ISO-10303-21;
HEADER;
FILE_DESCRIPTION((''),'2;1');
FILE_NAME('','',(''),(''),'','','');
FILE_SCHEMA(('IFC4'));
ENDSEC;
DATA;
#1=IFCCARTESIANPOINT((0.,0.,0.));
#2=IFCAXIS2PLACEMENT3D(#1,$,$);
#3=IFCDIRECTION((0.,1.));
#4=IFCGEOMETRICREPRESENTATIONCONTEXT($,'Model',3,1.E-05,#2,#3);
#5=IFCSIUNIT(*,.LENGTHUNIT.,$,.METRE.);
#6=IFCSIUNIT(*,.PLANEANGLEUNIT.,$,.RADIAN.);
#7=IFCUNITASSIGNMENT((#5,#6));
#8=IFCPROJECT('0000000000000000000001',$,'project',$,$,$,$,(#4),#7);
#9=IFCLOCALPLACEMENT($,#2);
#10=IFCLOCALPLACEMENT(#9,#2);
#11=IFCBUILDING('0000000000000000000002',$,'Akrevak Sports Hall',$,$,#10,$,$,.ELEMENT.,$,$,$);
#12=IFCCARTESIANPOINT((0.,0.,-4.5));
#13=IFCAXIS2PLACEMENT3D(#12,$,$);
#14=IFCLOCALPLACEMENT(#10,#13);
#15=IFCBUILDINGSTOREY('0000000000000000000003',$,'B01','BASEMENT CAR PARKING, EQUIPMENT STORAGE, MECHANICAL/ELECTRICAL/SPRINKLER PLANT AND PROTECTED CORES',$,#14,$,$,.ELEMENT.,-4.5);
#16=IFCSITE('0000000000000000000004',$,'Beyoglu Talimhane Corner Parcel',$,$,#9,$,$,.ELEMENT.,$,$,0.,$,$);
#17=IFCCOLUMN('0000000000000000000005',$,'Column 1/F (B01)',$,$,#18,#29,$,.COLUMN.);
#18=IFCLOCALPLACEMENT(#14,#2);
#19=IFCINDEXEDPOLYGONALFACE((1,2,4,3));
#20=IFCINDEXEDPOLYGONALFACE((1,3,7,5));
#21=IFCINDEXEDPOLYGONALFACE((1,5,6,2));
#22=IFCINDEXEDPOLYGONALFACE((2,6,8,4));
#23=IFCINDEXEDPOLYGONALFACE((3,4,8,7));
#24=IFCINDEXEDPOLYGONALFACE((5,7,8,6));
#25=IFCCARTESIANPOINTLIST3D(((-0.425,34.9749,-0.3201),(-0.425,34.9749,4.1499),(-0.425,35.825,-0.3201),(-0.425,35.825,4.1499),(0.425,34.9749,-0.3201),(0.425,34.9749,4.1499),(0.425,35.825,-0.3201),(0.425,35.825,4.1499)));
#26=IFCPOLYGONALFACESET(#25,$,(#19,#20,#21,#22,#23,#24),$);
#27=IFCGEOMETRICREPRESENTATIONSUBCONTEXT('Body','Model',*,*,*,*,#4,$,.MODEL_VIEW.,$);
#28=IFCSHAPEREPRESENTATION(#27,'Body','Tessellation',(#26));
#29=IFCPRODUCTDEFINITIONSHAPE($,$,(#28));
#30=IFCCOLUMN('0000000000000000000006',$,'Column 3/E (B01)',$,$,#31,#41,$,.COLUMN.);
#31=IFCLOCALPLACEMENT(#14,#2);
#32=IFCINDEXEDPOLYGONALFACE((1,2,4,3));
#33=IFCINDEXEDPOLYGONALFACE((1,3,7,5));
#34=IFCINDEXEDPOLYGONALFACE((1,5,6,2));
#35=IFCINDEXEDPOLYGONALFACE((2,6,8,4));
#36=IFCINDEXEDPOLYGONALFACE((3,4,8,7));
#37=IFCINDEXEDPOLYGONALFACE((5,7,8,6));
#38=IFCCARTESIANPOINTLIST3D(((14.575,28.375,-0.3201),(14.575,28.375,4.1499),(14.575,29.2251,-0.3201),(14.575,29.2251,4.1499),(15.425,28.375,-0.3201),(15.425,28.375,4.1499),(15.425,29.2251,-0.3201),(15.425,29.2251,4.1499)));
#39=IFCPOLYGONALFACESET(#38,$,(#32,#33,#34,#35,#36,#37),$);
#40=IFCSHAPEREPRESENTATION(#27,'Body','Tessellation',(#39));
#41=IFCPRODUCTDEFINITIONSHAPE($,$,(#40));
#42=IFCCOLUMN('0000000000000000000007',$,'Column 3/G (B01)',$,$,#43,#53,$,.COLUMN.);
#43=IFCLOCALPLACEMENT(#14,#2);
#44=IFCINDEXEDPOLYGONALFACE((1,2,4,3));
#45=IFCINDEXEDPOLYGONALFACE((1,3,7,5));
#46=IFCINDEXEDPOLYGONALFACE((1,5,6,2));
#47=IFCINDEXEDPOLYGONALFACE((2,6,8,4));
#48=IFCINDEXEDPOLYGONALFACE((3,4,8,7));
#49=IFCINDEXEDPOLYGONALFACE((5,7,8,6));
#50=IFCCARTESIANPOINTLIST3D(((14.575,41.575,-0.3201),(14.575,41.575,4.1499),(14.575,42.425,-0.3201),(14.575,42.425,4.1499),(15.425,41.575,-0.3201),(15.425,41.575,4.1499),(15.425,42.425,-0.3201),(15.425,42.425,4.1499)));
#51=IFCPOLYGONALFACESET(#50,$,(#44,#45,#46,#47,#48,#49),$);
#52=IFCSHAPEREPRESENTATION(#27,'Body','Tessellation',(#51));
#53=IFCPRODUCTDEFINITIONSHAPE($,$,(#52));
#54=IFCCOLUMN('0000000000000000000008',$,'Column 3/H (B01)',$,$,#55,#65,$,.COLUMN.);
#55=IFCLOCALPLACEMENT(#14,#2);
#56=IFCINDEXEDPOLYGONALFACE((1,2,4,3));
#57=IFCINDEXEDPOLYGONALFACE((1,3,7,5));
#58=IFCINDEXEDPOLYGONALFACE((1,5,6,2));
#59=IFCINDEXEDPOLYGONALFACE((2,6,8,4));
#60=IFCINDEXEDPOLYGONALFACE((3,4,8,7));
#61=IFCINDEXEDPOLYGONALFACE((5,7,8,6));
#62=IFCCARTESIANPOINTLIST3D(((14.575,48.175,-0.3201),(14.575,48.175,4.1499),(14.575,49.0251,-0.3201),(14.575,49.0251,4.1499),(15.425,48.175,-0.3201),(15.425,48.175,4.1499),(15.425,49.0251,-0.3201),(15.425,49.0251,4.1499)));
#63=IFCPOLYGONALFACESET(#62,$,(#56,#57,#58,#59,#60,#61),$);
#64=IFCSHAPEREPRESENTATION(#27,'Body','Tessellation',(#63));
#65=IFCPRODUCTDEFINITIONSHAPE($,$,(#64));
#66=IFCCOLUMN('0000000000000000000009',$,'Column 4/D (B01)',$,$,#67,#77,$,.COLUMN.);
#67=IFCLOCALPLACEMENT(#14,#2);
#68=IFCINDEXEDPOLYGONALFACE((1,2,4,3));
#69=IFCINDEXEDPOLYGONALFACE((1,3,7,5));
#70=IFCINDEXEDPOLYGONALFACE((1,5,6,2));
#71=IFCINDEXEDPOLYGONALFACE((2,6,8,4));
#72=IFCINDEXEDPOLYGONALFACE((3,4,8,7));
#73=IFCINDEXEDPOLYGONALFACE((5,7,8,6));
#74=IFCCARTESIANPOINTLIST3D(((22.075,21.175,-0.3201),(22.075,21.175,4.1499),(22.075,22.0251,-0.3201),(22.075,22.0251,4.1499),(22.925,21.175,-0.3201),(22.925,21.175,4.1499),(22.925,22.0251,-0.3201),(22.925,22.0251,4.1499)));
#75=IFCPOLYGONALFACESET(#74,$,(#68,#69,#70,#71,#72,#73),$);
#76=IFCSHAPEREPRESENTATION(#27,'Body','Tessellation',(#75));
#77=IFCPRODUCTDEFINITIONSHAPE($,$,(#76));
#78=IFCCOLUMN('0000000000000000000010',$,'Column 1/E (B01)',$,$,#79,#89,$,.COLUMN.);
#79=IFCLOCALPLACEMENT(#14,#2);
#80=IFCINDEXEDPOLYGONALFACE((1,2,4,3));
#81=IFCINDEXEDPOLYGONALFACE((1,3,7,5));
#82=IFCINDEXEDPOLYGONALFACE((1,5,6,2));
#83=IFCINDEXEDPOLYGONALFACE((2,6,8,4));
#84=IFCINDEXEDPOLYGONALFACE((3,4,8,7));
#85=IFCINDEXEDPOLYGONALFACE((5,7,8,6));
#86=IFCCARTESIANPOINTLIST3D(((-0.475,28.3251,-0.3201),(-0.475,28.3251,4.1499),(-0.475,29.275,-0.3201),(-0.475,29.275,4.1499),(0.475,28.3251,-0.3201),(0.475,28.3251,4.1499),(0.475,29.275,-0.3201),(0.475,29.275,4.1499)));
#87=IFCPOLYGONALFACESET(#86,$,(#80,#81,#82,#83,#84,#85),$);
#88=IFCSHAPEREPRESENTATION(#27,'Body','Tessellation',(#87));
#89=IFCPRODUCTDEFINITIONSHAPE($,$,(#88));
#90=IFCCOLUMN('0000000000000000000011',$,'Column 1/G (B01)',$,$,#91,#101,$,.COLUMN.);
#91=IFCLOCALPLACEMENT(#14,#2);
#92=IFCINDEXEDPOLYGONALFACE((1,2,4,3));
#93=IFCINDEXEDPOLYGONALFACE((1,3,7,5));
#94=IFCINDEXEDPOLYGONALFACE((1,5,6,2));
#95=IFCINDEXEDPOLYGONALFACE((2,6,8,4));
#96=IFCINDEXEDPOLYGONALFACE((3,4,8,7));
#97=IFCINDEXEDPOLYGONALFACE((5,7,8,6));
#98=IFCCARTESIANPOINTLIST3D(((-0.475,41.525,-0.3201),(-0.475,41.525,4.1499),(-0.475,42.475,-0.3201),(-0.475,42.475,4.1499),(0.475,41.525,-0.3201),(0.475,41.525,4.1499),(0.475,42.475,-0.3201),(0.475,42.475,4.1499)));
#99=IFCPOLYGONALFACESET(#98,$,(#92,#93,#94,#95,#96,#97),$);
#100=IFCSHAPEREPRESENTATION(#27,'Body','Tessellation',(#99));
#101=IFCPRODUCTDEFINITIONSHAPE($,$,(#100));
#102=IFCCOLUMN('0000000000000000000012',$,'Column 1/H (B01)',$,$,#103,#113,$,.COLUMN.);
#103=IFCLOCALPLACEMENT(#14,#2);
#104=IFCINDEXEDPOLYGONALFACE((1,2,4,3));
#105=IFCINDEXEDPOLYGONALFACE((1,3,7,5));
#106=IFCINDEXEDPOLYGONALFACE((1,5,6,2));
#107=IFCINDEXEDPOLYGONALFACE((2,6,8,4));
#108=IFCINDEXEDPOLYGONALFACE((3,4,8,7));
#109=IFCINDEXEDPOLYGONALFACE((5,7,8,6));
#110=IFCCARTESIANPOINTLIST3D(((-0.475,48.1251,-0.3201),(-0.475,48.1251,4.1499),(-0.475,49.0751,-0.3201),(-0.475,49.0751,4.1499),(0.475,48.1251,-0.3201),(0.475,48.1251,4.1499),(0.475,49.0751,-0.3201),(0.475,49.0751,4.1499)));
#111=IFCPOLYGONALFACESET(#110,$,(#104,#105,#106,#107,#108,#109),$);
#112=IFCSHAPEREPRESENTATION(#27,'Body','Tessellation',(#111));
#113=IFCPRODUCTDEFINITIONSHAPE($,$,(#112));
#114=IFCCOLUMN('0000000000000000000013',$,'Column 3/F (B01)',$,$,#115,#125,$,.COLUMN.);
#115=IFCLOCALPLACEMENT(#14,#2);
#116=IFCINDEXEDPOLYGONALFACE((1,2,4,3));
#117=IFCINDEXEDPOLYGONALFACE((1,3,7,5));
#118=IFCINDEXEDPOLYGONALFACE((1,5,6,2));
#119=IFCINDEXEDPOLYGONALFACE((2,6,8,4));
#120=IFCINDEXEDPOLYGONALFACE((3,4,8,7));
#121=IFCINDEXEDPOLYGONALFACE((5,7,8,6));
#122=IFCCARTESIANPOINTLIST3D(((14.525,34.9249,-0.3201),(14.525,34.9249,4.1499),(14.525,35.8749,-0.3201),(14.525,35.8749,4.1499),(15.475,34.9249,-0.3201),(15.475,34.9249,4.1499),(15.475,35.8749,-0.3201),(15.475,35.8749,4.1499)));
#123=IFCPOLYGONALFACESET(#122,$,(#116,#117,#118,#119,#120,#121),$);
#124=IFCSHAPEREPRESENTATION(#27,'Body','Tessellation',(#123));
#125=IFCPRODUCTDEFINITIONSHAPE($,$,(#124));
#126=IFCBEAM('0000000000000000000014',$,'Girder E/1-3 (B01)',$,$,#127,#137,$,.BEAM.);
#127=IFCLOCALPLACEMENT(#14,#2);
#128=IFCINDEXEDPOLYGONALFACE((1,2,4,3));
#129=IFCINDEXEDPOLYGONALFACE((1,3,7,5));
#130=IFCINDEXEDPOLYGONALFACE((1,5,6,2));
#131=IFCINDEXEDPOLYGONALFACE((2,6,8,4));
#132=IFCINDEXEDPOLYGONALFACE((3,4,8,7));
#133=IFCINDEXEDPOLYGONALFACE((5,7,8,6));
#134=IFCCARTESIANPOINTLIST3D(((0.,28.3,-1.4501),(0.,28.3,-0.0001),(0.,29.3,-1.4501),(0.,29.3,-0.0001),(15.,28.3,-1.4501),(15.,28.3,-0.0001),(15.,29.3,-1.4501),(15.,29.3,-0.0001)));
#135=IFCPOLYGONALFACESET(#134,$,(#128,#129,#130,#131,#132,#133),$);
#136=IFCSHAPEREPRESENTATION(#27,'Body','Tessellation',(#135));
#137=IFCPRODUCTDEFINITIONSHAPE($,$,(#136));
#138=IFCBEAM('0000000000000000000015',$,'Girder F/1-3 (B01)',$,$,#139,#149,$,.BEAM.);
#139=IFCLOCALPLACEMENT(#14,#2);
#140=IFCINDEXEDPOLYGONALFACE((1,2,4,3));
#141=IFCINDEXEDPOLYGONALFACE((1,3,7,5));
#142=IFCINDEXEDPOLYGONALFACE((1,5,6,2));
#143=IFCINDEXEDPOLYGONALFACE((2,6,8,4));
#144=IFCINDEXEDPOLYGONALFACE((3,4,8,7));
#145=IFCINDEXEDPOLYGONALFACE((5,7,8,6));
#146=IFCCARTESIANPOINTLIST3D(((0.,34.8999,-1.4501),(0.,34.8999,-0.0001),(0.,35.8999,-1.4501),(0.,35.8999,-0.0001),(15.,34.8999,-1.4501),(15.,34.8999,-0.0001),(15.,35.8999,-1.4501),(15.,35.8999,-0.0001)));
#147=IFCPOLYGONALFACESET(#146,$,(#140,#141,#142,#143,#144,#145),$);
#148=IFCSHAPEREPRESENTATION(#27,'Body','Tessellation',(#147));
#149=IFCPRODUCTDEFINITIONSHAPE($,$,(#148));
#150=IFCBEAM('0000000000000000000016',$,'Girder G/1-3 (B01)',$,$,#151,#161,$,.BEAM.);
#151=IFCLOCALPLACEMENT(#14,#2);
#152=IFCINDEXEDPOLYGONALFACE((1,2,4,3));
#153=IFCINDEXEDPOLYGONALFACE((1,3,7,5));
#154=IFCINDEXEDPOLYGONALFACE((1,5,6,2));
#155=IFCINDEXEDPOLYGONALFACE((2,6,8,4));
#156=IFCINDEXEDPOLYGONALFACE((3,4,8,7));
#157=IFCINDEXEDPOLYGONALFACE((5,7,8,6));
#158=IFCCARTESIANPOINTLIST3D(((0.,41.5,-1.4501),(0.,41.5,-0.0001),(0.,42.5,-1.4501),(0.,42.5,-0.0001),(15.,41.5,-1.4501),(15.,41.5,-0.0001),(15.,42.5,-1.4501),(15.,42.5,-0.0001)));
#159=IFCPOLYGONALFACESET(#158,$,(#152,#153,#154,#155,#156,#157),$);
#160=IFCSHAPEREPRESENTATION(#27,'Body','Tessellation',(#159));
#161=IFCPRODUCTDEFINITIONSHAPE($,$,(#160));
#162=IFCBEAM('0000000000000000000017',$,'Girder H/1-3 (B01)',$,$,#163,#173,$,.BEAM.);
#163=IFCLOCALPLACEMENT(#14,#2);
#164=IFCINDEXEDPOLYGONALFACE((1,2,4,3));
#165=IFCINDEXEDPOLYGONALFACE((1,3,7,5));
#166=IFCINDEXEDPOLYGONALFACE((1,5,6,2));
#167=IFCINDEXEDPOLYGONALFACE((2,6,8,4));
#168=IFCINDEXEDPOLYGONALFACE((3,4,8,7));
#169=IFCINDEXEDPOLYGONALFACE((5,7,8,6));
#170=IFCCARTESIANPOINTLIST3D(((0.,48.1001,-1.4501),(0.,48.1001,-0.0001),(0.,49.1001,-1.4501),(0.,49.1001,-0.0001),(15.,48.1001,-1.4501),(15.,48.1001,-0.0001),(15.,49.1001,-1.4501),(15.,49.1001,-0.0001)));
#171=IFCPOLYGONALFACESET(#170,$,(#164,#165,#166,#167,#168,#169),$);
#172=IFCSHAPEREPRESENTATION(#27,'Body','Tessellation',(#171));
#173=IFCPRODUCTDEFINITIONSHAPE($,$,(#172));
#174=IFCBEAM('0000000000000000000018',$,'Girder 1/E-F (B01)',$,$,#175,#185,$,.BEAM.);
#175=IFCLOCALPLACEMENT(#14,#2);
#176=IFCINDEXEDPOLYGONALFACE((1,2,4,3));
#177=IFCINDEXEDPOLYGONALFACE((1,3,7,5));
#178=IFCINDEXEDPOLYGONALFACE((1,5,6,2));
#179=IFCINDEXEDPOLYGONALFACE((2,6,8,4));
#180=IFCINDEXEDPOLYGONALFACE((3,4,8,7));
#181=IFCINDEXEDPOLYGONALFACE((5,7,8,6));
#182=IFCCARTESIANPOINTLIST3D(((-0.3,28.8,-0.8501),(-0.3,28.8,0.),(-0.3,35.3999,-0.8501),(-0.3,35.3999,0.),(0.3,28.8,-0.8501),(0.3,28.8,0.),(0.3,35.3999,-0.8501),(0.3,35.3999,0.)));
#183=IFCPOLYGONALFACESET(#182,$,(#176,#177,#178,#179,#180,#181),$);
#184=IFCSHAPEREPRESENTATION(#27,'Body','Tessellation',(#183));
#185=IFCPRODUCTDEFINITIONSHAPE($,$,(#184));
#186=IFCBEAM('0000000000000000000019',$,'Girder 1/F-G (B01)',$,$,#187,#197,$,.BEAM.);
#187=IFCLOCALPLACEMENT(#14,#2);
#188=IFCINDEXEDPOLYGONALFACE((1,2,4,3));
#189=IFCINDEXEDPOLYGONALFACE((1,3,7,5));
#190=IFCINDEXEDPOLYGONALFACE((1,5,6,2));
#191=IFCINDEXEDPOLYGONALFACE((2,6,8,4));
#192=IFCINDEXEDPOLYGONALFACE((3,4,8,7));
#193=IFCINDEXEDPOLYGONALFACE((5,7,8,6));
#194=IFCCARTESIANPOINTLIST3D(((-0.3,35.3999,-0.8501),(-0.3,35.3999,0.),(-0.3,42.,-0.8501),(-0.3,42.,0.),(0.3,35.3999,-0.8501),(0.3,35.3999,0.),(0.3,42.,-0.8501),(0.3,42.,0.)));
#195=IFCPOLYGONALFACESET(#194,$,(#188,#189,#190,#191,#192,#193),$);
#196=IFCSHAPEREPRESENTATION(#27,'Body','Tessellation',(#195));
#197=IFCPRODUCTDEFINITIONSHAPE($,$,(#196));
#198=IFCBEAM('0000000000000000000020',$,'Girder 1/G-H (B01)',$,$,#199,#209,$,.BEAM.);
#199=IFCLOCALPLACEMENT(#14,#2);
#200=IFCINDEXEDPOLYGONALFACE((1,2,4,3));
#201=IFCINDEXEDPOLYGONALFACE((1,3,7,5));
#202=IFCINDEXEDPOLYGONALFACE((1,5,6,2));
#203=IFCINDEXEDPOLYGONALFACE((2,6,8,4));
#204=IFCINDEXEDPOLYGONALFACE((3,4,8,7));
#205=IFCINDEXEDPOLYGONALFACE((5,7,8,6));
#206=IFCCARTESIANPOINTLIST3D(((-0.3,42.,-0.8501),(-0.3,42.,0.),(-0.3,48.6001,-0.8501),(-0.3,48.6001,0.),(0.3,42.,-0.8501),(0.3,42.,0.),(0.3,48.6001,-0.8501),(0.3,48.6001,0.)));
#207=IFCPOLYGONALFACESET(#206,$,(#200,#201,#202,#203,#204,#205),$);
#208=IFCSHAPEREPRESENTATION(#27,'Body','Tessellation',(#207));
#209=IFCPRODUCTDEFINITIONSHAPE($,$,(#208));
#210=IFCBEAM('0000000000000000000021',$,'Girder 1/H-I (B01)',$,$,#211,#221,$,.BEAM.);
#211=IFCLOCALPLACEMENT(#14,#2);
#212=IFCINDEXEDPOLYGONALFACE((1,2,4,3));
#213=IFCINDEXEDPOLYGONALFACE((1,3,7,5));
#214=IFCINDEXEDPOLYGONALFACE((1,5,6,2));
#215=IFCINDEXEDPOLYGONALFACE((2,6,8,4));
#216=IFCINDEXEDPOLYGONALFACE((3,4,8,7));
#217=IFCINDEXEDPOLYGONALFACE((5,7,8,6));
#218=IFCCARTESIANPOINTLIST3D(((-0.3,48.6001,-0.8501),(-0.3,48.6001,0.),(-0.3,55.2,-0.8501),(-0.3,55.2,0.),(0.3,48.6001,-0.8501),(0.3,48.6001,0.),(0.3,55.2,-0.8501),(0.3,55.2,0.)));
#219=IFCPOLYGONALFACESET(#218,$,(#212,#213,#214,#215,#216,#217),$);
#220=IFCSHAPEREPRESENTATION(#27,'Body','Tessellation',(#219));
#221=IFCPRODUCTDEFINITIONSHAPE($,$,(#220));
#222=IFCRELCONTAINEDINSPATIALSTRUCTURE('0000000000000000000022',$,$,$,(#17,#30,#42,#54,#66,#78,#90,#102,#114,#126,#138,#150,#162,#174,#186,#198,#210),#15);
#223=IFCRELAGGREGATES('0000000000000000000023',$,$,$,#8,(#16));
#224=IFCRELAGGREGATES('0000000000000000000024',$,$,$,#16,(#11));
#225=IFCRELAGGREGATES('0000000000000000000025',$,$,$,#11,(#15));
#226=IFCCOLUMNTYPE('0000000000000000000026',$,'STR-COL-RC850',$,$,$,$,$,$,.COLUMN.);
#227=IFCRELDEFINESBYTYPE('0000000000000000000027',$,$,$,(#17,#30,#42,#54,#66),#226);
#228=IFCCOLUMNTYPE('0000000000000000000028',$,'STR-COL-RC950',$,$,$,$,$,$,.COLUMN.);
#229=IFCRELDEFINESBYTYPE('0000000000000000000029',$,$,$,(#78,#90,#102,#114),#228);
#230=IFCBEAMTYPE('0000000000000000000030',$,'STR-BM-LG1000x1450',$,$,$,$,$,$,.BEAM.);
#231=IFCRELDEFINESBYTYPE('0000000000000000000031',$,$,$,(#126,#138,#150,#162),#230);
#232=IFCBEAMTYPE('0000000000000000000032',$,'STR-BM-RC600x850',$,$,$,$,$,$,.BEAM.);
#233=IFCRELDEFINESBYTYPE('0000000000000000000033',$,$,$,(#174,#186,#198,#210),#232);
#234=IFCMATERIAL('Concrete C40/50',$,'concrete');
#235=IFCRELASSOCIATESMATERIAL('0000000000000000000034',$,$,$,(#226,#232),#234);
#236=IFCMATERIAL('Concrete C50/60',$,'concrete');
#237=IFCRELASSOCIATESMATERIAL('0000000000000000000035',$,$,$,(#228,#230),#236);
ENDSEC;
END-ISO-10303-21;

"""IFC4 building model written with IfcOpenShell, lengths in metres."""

from ifc_helpers import new_model, si_unit, direction, frame, origin, origin_2d, place, context, subcontext, project, spatial, rectangle, extrude, material, material_profile, profile_set, type_object, element, save


model = new_model("IFC4")

# Units and contexts
model_context = context("Model", 3, precision=1e-05, world=origin(), true_north=direction((0.0, 1.0)))
body_context = subcontext(model_context, "Body", "Model", "MODEL_VIEW")
ifc_project = project(units=[si_unit("LENGTHUNIT", "METRE"), si_unit("PLANEANGLEUNIT", "RADIAN")], contexts=[model_context])

# Site, building, storey
site_placement = place(None, origin())
site = spatial("IfcSite", under=ifc_project, at=site_placement, Name="Beyoglu Talimhane Corner Parcel", CompositionType="ELEMENT", RefElevation=0.0)
building_placement = place(site_placement, origin())
building = spatial("IfcBuilding", under=site, at=building_placement, Name="Akrevak Sports Hall", CompositionType="ELEMENT")
storey_placement = place(building_placement, frame((0.0, 0.0, -4.5)))
storey = spatial("IfcBuildingStorey", under=building, at=storey_placement, Name="B01", Description="BASEMENT CAR PARKING, EQUIPMENT STORAGE, MECHANICAL/ELECTRICAL/SPRINKLER PLANT AND PROTECTED CORES", CompositionType="ELEMENT", Elevation=-4.5)

# Columns
ifc_material_1 = material(Name="Concrete C40/50", Category="concrete")
ifc_material_profile_1 = material_profile(ifc_material_1, rectangle(XDim=0.8501, YDim=0.8501, at=origin_2d()), Name="RC 850x850", Category="concrete")
ifc_profile_set_1 = profile_set([ifc_material_profile_1], Name="Concrete C40/50")
column_type_1 = type_object("IfcColumnType", Name="STR-COL-RC850", PredefinedType="COLUMN", material=ifc_profile_set_1)
for number, where, z_axis, x_axis, name in (
    (1, (0.0, 35.3999, -0.3201), (0.0, 0.0, 1.0), (1.0, 0.0, 0.0), "Column 1/F (B01)"),
    (2, (15.0, 28.8, -0.3201), (0.0, 0.0, 1.0), (1.0, 0.0, 0.0), "Column 3/E (B01)"),
    (3, (15.0, 42.0, -0.3201), (0.0, 0.0, 1.0), (1.0, 0.0, 0.0), "Column 3/G (B01)"),
    (4, (15.0, 48.6001, -0.3201), (0.0, 0.0, 1.0), (1.0, 0.0, 0.0), "Column 3/H (B01)"),
    (5, (22.5, 21.6001, -0.3201), (0.0, 0.0, 1.0), (1.0, 0.0, 0.0), "Column 4/D (B01)"),
):
    element("IfcColumn", number, at=place(storey_placement, frame(where, z_axis=z_axis, x_axis=x_axis)), inside=storey, type_object=column_type_1, Name=name, PredefinedType="COLUMN", context=body_context, shape_type="SweptSolid", body=[
        extrude(rectangle(XDim=0.8501, YDim=0.8501, at=origin_2d()), origin(), (0.0, 0.0, 1.0), 4.47),
    ])
ifc_material_2 = material(Name="Concrete C50/60", Category="concrete")
ifc_material_profile_2 = material_profile(ifc_material_2, rectangle(XDim=0.95, YDim=0.95, at=origin_2d()), Name="RC 950x950", Category="concrete")
ifc_profile_set_2 = profile_set([ifc_material_profile_2], Name="Concrete C50/60")
column_type_2 = type_object("IfcColumnType", Name="STR-COL-RC950", PredefinedType="COLUMN", material=ifc_profile_set_2)
for number, where, z_axis, x_axis, name in (
    (6, (0.0, 28.8, -0.3201), (0.0, 0.0, 1.0), (1.0, 0.0, 0.0), "Column 1/E (B01)"),
    (7, (0.0, 42.0, -0.3201), (0.0, 0.0, 1.0), (1.0, 0.0, 0.0), "Column 1/G (B01)"),
    (8, (0.0, 48.6001, -0.3201), (0.0, 0.0, 1.0), (1.0, 0.0, 0.0), "Column 1/H (B01)"),
    (9, (15.0, 35.3999, -0.3201), (0.0, 0.0, 1.0), (1.0, 0.0, 0.0), "Column 3/F (B01)"),
):
    element("IfcColumn", number, at=place(storey_placement, frame(where, z_axis=z_axis, x_axis=x_axis)), inside=storey, type_object=column_type_2, Name=name, PredefinedType="COLUMN", context=body_context, shape_type="SweptSolid", body=[
        extrude(rectangle(XDim=0.95, YDim=0.95, at=origin_2d()), origin(), (0.0, 0.0, 1.0), 4.47),
    ])

# Beams
ifc_material_profile_3 = material_profile(ifc_material_2, rectangle(XDim=1.0, YDim=1.45, at=origin_2d()), Name="BM 1000x1450", Category="concrete")
ifc_profile_set_3 = profile_set([ifc_material_profile_3], Name="Concrete C50/60")
beam_type_1 = type_object("IfcBeamType", Name="STR-BM-LG1000x1450", PredefinedType="BEAM", material=ifc_profile_set_3)
for number, where, z_axis, x_axis, name in (
    (10, (0.0, 28.8, -0.7251), (1.0, 0.0, 0.0), (0.0, 1.0, 0.0), "Girder E/1-3 (B01)"),
    (11, (0.0, 35.3999, -0.7251), (1.0, 0.0, 0.0), (0.0, 1.0, 0.0), "Girder F/1-3 (B01)"),
    (12, (0.0, 42.0, -0.7251), (1.0, 0.0, 0.0), (0.0, 1.0, 0.0), "Girder G/1-3 (B01)"),
    (13, (0.0, 48.6001, -0.7251), (1.0, 0.0, 0.0), (0.0, 1.0, 0.0), "Girder H/1-3 (B01)"),
):
    element("IfcBeam", number, at=place(storey_placement, frame(where, z_axis=z_axis, x_axis=x_axis)), inside=storey, type_object=beam_type_1, Name=name, PredefinedType="BEAM", context=body_context, shape_type="SweptSolid", body=[
        extrude(rectangle(XDim=1.0, YDim=1.45, at=origin_2d()), origin(), (0.0, 0.0, 1.0), 15.0),
    ])
ifc_material_profile_4 = material_profile(ifc_material_1, rectangle(XDim=0.6001, YDim=0.8501, at=origin_2d()), Name="BM 600x850", Category="concrete")
ifc_profile_set_4 = profile_set([ifc_material_profile_4], Name="Concrete C40/50")
beam_type_2 = type_object("IfcBeamType", Name="STR-BM-RC600x850", PredefinedType="BEAM", material=ifc_profile_set_4)
beam_1_placement = place(storey_placement, frame((0.0, 28.8, -0.425), z_axis=(0.0, 1.0, 0.0), x_axis=(-1.0, 0.0, 0.0)))
element("IfcBeam", 14, at=beam_1_placement, inside=storey, type_object=beam_type_2, Name="Girder 1/E-F (B01)", PredefinedType="BEAM", context=body_context, shape_type="SweptSolid", body=[
    extrude(rectangle(XDim=0.6001, YDim=0.8501, at=origin_2d()), origin(), (0.0, 0.0, 1.0), 6.5999),
])
for number, where, z_axis, x_axis, name in (
    (15, (0.0, 35.3999, -0.425), (0.0, 1.0, 0.0), (-1.0, 0.0, 0.0), "Girder 1/F-G (B01)"),
    (16, (0.0, 42.0, -0.425), (0.0, 1.0, 0.0), (-1.0, 0.0, 0.0), "Girder 1/G-H (B01)"),
):
    element("IfcBeam", number, at=place(storey_placement, frame(where, z_axis=z_axis, x_axis=x_axis)), inside=storey, type_object=beam_type_2, Name=name, PredefinedType="BEAM", context=body_context, shape_type="SweptSolid", body=[
        extrude(rectangle(XDim=0.6001, YDim=0.8501, at=origin_2d()), origin(), (0.0, 0.0, 1.0), 6.6001),
    ])
beam_2_placement = place(storey_placement, frame((0.0, 48.6001, -0.425), z_axis=(0.0, 1.0, 0.0), x_axis=(-1.0, 0.0, 0.0)))
element("IfcBeam", 17, at=beam_2_placement, inside=storey, type_object=beam_type_2, Name="Girder 1/H-I (B01)", PredefinedType="BEAM", context=body_context, shape_type="SweptSolid", body=[
    extrude(rectangle(XDim=0.6001, YDim=0.8501, at=origin_2d()), origin(), (0.0, 0.0, 1.0), 6.5999),
])

save(model, "model.ifc")
